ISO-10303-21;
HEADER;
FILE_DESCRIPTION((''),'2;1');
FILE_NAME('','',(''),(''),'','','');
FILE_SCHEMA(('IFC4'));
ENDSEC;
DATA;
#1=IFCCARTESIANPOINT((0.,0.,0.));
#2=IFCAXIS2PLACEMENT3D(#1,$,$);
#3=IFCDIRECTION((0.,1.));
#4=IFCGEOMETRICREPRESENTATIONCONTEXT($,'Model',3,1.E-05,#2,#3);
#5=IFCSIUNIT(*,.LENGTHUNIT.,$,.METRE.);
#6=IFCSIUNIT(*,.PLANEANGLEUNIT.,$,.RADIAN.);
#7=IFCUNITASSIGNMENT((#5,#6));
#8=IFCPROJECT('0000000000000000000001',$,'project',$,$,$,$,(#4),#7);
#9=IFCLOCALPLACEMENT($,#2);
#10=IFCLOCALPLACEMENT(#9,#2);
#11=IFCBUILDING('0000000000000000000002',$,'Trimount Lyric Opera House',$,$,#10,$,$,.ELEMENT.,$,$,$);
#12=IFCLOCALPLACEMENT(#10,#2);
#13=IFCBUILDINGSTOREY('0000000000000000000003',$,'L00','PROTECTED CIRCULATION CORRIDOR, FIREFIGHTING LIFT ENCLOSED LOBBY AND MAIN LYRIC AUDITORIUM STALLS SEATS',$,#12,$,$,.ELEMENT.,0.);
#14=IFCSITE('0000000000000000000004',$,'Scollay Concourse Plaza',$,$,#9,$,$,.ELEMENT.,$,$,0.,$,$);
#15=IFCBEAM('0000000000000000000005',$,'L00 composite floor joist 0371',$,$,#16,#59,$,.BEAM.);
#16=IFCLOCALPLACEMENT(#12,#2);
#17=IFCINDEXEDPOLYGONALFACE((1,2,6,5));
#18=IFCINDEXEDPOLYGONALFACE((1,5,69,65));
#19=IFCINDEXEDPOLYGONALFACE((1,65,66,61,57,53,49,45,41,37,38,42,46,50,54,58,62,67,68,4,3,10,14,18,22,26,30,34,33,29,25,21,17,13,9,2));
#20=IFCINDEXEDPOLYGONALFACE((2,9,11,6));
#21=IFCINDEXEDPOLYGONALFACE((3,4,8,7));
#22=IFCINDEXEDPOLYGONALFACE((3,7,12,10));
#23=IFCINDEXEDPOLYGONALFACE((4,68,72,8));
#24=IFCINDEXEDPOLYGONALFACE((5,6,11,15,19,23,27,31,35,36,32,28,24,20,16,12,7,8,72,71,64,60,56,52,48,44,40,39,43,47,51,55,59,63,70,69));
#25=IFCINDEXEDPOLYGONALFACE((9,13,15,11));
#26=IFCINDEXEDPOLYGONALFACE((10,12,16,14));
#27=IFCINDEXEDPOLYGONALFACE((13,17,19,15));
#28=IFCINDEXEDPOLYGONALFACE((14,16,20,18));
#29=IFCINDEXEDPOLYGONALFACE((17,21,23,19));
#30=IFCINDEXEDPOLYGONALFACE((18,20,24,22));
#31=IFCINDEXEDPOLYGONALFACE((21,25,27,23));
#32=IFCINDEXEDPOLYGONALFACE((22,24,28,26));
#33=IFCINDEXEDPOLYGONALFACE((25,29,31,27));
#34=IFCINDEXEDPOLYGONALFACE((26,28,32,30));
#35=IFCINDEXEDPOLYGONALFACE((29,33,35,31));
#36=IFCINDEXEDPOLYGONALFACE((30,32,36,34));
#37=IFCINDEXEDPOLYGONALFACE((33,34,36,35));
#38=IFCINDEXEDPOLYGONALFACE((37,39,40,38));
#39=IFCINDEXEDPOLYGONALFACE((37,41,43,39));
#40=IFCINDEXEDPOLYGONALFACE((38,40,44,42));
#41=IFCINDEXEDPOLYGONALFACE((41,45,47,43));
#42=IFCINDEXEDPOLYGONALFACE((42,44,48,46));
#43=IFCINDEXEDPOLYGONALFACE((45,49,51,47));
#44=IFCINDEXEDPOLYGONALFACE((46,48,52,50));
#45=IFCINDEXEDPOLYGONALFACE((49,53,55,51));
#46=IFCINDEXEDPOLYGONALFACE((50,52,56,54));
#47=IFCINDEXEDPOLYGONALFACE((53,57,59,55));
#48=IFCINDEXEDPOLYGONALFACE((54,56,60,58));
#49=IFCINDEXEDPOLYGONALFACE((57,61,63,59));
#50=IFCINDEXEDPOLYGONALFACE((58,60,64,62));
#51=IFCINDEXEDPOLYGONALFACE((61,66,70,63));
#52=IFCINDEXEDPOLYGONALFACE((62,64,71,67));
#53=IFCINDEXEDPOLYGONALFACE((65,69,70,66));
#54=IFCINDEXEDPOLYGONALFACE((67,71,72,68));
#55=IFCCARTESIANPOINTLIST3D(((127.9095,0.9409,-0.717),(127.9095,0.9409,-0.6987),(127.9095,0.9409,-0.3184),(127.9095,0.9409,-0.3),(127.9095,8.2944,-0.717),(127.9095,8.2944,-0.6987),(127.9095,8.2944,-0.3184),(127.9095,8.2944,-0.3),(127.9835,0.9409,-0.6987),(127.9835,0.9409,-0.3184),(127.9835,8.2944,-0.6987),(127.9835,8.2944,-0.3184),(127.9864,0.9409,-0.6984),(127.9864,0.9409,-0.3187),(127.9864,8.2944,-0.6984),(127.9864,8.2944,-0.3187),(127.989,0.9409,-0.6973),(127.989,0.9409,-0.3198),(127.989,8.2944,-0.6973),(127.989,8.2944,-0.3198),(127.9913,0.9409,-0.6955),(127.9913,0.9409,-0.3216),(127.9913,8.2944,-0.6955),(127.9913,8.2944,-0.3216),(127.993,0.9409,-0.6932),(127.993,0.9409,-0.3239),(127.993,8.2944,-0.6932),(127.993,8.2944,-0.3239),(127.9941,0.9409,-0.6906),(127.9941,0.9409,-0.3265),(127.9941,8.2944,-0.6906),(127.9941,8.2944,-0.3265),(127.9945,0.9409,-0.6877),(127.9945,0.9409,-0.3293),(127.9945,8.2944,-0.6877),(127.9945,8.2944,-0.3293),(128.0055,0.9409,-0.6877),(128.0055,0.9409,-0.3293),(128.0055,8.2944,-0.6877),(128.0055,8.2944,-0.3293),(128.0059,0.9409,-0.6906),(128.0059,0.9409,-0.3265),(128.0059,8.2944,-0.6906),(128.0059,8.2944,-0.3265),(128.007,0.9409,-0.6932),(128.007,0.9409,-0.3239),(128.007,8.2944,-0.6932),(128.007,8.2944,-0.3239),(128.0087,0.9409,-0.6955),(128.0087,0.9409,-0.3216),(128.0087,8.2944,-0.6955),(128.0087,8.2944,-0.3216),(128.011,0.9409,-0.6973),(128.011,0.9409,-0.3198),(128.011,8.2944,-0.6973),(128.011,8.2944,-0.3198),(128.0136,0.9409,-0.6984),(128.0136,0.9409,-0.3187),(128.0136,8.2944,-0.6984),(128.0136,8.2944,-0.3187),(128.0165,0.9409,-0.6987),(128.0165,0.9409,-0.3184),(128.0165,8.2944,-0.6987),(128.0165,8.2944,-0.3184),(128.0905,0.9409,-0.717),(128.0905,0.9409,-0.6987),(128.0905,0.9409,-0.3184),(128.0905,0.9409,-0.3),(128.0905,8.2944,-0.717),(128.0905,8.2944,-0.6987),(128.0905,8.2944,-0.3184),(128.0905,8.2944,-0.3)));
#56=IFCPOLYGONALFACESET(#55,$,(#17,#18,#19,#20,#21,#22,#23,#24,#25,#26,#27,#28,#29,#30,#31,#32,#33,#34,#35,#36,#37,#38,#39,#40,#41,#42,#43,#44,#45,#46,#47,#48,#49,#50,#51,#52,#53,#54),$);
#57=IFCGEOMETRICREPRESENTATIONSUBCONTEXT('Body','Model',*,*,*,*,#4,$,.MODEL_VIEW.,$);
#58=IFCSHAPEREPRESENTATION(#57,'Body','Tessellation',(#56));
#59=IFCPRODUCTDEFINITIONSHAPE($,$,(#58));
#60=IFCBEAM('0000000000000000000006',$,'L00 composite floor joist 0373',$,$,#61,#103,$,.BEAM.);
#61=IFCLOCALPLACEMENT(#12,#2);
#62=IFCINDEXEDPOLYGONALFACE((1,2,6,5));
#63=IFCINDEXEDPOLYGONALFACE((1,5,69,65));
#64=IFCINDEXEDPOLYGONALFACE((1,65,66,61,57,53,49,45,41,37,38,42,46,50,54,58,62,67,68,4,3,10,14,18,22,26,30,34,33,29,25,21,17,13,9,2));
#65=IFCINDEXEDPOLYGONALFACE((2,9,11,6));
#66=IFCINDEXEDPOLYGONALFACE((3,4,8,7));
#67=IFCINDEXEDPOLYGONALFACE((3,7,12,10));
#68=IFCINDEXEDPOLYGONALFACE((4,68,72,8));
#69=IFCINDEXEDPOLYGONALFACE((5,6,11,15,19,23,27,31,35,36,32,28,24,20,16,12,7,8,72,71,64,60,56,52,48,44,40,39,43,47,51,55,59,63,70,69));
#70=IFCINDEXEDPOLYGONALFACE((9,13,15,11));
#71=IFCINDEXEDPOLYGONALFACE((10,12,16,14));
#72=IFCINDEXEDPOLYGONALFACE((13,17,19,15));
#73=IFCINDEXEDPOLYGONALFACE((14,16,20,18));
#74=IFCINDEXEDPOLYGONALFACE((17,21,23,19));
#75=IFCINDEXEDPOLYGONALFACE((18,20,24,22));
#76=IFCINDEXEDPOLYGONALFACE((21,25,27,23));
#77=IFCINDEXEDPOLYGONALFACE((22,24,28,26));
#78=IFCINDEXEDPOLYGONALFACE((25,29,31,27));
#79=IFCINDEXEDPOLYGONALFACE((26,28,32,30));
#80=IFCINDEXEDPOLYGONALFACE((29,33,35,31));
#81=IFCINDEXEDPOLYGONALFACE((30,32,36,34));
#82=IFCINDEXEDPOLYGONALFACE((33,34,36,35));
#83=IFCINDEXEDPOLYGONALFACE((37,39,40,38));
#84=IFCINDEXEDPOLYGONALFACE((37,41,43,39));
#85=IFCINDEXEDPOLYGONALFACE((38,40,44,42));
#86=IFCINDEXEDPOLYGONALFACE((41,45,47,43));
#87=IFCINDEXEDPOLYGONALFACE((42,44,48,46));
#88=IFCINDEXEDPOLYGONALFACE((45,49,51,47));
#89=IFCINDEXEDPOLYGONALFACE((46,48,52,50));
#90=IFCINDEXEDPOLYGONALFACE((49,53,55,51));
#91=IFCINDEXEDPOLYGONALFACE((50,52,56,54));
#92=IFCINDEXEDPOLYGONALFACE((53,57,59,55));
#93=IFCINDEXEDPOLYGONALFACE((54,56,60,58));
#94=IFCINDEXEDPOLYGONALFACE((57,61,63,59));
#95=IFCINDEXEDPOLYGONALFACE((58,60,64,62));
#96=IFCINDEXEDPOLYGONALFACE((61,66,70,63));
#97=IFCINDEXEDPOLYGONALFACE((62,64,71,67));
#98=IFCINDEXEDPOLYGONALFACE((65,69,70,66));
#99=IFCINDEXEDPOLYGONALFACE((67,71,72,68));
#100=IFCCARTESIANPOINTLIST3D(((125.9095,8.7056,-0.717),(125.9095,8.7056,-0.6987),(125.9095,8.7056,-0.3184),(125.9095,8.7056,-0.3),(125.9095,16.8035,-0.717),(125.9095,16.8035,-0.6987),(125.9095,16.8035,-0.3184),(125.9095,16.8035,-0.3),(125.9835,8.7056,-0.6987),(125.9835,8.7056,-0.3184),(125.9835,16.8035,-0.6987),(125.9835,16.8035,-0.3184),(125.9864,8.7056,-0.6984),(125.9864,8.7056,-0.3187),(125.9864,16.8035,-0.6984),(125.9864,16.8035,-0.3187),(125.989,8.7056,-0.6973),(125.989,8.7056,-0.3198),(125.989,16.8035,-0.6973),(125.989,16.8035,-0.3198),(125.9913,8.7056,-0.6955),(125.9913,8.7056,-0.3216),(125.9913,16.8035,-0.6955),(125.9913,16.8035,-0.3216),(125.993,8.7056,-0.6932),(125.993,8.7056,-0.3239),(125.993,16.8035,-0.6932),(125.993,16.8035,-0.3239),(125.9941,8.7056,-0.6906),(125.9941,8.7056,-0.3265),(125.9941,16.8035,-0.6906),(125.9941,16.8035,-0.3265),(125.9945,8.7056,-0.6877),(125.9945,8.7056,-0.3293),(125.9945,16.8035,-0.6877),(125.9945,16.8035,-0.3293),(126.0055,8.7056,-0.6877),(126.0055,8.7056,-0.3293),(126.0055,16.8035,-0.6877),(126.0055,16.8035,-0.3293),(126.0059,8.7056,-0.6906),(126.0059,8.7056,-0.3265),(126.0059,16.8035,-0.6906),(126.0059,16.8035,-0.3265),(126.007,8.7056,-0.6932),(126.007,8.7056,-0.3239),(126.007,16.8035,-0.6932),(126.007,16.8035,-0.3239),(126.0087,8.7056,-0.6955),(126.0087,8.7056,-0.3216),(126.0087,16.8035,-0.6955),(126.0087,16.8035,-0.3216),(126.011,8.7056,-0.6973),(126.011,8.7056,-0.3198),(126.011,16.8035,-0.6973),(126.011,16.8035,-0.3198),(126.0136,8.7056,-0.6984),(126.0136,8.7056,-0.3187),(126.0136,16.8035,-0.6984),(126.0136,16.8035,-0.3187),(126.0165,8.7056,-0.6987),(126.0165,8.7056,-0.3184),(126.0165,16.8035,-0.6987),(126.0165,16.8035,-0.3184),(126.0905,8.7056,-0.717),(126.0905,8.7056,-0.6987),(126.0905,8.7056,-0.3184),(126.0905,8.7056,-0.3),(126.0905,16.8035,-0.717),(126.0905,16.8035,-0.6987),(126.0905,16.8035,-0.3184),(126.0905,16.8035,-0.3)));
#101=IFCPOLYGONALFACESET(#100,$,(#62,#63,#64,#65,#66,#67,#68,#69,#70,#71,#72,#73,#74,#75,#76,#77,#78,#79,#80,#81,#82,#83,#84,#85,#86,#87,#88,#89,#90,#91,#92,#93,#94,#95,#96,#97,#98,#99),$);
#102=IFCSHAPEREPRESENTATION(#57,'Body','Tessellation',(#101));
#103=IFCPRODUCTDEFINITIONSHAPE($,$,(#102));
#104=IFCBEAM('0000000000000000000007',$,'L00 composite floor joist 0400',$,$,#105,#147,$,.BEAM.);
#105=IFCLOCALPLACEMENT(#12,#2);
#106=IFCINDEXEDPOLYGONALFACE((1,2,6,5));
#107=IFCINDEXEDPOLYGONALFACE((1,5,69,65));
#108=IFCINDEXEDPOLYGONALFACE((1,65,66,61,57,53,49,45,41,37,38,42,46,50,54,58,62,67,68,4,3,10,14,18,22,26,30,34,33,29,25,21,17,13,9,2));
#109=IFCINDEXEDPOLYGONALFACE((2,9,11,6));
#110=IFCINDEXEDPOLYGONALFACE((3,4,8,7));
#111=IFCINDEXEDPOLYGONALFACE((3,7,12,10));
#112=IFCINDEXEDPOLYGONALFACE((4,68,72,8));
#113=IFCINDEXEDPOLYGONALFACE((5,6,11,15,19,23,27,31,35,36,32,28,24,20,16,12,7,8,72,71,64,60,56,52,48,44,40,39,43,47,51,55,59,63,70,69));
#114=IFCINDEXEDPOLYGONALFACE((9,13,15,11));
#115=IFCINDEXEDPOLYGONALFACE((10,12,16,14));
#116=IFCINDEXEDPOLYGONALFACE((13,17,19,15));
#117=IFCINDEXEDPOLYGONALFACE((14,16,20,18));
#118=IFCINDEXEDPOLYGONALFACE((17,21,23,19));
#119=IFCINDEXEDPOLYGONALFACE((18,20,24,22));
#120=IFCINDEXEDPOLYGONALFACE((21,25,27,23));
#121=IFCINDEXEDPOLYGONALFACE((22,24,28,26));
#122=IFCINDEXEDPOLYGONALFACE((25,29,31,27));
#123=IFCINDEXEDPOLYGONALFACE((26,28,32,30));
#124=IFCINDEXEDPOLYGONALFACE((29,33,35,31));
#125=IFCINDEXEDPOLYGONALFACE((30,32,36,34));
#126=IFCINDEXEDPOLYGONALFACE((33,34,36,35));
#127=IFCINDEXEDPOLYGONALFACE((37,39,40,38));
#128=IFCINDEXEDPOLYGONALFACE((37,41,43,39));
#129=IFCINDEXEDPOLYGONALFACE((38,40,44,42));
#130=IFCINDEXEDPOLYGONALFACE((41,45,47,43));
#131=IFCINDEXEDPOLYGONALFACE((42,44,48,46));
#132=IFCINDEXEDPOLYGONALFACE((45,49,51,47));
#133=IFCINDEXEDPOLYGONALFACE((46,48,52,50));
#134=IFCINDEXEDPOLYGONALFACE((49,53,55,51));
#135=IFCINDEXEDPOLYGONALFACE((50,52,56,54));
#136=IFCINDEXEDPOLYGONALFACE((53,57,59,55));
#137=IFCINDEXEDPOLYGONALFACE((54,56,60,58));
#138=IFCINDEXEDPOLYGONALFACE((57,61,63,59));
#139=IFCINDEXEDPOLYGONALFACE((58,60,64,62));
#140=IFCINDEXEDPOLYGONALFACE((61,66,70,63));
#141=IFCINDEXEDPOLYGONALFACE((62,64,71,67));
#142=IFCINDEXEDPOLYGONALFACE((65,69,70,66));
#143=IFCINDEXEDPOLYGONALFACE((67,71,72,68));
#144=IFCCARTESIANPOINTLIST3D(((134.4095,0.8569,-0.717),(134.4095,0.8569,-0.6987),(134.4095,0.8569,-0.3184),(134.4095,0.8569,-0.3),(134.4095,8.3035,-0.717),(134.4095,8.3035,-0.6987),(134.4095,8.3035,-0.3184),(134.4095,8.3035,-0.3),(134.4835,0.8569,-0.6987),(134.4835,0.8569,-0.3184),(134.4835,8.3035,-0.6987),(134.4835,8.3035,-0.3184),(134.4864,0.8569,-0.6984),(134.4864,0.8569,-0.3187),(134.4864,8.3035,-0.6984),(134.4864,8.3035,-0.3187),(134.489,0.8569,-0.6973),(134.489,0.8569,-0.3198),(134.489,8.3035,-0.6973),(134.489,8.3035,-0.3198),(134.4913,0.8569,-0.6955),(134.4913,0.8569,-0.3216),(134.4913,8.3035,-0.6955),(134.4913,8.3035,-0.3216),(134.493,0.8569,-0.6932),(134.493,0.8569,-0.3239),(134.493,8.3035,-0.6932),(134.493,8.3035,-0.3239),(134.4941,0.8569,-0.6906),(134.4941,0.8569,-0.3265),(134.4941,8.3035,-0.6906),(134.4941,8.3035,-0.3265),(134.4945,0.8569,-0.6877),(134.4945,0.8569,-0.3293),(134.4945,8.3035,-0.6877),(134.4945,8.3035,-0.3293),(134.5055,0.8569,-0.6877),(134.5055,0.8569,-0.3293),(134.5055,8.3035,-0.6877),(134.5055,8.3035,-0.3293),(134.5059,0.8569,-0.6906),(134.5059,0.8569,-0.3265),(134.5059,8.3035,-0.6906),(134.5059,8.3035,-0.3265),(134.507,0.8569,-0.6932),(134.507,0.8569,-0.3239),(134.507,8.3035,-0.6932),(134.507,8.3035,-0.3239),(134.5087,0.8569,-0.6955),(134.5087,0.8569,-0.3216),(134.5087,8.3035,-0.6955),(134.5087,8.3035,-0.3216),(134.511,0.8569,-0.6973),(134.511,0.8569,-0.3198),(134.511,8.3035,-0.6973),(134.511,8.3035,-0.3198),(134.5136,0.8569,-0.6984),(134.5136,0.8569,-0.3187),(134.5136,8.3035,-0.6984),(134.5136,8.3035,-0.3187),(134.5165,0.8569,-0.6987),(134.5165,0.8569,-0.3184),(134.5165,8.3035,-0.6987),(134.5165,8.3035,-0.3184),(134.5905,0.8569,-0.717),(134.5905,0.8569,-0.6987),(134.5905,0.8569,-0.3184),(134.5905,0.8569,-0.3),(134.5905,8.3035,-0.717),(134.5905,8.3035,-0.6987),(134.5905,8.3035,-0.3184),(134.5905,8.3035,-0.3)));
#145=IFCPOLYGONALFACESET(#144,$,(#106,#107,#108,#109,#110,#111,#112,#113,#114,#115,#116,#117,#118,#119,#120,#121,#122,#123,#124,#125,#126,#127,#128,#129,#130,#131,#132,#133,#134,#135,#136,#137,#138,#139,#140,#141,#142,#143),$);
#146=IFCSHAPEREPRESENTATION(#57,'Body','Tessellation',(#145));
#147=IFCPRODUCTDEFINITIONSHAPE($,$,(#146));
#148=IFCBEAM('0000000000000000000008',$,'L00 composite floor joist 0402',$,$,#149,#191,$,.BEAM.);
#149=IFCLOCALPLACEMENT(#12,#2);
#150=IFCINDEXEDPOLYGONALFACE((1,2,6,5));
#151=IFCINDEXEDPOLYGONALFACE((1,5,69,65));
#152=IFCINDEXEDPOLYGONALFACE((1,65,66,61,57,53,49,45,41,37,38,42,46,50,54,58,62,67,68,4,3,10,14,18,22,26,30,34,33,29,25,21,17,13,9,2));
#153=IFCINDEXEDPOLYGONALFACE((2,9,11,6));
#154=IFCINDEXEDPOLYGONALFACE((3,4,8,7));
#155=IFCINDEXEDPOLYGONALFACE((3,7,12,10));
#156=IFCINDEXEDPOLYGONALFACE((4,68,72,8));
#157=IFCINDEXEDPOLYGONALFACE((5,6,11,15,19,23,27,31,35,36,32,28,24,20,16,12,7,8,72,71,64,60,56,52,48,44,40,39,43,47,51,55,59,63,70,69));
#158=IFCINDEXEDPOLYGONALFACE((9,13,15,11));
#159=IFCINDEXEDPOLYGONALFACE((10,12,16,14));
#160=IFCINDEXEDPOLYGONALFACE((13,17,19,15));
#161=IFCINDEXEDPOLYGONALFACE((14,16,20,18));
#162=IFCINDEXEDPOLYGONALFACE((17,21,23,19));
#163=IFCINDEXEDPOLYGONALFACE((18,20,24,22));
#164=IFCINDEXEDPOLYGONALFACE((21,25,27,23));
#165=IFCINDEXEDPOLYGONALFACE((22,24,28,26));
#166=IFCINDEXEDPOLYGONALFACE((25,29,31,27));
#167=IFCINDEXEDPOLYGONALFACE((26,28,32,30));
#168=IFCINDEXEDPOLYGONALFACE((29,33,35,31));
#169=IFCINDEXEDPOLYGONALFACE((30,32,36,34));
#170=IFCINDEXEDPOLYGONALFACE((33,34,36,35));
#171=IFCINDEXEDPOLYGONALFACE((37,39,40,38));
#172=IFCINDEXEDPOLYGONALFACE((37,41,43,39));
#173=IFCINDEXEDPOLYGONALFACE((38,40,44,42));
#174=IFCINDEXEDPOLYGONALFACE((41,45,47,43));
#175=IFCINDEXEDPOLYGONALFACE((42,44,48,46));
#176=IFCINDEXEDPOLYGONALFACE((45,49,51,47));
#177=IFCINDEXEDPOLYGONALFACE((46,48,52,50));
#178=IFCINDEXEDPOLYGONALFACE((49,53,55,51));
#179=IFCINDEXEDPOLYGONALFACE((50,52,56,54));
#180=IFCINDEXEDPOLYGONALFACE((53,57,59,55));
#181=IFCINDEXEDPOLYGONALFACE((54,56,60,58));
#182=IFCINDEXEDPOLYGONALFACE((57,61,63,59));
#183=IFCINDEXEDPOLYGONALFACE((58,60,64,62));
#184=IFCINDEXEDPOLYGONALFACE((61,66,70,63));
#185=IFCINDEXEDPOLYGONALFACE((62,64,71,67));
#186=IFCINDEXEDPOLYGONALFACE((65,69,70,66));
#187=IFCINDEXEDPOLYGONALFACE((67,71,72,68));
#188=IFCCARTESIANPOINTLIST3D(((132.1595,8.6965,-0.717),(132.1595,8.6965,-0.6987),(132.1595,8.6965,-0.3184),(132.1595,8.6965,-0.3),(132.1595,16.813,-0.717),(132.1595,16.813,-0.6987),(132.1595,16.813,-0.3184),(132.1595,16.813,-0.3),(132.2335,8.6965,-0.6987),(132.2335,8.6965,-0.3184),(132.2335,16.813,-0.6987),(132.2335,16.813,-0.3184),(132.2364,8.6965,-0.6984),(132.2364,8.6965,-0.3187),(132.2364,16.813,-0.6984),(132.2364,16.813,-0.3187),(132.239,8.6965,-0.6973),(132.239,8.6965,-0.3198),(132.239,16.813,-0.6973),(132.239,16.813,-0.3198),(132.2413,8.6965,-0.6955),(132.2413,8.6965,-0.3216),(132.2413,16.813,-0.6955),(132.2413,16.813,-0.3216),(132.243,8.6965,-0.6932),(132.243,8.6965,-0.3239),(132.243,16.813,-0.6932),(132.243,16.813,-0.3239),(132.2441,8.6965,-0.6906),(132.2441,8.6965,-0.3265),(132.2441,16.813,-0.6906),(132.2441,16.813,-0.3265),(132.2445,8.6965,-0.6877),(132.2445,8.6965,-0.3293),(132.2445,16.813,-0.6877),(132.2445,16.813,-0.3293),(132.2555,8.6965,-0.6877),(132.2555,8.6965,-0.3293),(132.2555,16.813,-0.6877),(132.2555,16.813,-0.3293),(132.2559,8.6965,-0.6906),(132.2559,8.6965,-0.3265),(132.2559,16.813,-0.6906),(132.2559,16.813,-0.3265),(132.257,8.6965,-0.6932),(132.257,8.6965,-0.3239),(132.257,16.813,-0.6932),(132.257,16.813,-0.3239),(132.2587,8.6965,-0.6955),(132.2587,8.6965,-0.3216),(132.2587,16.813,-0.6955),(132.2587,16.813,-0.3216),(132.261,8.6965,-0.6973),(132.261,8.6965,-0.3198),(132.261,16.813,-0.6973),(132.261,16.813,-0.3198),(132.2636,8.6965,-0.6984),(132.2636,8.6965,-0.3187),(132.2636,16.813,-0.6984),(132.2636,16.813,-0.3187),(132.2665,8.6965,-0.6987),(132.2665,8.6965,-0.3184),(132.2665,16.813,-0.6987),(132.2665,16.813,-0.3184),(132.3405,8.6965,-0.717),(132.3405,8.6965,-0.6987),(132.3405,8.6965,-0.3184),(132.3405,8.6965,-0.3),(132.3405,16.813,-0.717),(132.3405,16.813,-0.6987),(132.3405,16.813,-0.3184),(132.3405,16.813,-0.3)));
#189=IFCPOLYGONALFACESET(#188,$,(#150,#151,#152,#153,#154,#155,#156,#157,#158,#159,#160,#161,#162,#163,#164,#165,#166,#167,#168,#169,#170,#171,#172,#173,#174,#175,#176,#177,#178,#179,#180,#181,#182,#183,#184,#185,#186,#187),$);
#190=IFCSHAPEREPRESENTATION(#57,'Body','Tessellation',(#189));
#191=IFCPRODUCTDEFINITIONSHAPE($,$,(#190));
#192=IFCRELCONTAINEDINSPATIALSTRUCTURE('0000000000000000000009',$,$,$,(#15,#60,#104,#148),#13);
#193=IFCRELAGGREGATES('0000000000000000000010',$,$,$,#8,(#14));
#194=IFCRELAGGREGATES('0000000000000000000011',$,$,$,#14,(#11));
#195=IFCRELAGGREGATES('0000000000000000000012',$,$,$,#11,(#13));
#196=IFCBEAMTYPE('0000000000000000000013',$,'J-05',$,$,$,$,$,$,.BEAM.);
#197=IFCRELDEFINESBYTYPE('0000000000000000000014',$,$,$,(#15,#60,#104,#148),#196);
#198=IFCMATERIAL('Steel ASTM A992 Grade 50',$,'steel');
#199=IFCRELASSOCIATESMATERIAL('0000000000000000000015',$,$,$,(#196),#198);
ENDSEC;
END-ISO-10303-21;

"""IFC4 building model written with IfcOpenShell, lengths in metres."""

from ifc_helpers import new_model, si_unit, direction, frame, origin, origin_2d, place, context, subcontext, project, spatial, i_section, extrude, material, material_profile, profile_set, type_object, element, save


model = new_model("IFC4")

# Units and contexts
model_context = context("Model", 3, precision=1e-05, world=origin(), true_north=direction((0.0, 1.0)))
body_context = subcontext(model_context, "Body", "Model", "MODEL_VIEW")
ifc_project = project(units=[si_unit("LENGTHUNIT", "METRE"), si_unit("PLANEANGLEUNIT", "RADIAN")], contexts=[model_context])

# Site, building, storey
site_placement = place(None, origin())
site = spatial("IfcSite", under=ifc_project, at=site_placement, Name="Scollay Concourse Plaza", CompositionType="ELEMENT", RefElevation=0.0)
building_placement = place(site_placement, origin())
building = spatial("IfcBuilding", under=site, at=building_placement, Name="Trimount Lyric Opera House", CompositionType="ELEMENT")
storey_placement = place(building_placement, origin())
storey = spatial("IfcBuildingStorey", under=building, at=storey_placement, Name="L00", Description="PROTECTED CIRCULATION CORRIDOR, FIREFIGHTING LIFT ENCLOSED LOBBY AND MAIN LYRIC AUDITORIUM STALLS SEATS", CompositionType="ELEMENT", Elevation=0.0)

# Beams
ifc_material_1 = material(Name="Steel ASTM A992 Grade 50", Category="steel")
ifc_material_profile_1 = material_profile(ifc_material_1, i_section(OverallWidth=0.1809, OverallDepth=0.417, WebThickness=0.011, FlangeThickness=0.0183, FilletRadius=0.011, at=origin_2d()), Name="W16X57")
ifc_profile_set_1 = profile_set([ifc_material_profile_1], Name="Steel ASTM A992 Grade 50")
beam_type_1 = type_object("IfcBeamType", Name="J-05", PredefinedType="BEAM", material=ifc_profile_set_1)
beam_1_placement = place(storey_placement, frame((128.0, 0.9409, -0.5085), z_axis=(0.0, 1.0, 0.0), x_axis=(-1.0, 0.0, 0.0)))
element("IfcBeam", 1, at=beam_1_placement, inside=storey, type_object=beam_type_1, Name="L00 composite floor joist 0371", PredefinedType="BEAM", context=body_context, shape_type="SweptSolid", body=[
    extrude(i_section(OverallWidth=0.1809, OverallDepth=0.417, WebThickness=0.011, FlangeThickness=0.0183, FilletRadius=0.011, at=origin_2d()), origin(), (0.0, 0.0, 1.0), 7.3535),
])
beam_2_placement = place(storey_placement, frame((126.0, 8.7056, -0.5085), z_axis=(0.0, 1.0, 0.0), x_axis=(-1.0, 0.0, 0.0)))
element("IfcBeam", 2, at=beam_2_placement, inside=storey, type_object=beam_type_1, Name="L00 composite floor joist 0373", PredefinedType="BEAM", context=body_context, shape_type="SweptSolid", body=[
    extrude(i_section(OverallWidth=0.1809, OverallDepth=0.417, WebThickness=0.011, FlangeThickness=0.0183, FilletRadius=0.011, at=origin_2d()), origin(), (0.0, 0.0, 1.0), 8.0979),
])
beam_3_placement = place(storey_placement, frame((134.5, 0.8569, -0.5085), z_axis=(0.0, 1.0, 0.0), x_axis=(-1.0, 0.0, 0.0)))
element("IfcBeam", 3, at=beam_3_placement, inside=storey, type_object=beam_type_1, Name="L00 composite floor joist 0400", PredefinedType="BEAM", context=body_context, shape_type="SweptSolid", body=[
    extrude(i_section(OverallWidth=0.1809, OverallDepth=0.417, WebThickness=0.011, FlangeThickness=0.0183, FilletRadius=0.011, at=origin_2d()), origin(), (0.0, 0.0, 1.0), 7.4465),
])
beam_4_placement = place(storey_placement, frame((132.25, 8.6965, -0.5085), z_axis=(0.0, 1.0, 0.0), x_axis=(-1.0, 0.0, 0.0)))
element("IfcBeam", 4, at=beam_4_placement, inside=storey, type_object=beam_type_1, Name="L00 composite floor joist 0402", PredefinedType="BEAM", context=body_context, shape_type="SweptSolid", body=[
    extrude(i_section(OverallWidth=0.1809, OverallDepth=0.417, WebThickness=0.011, FlangeThickness=0.0183, FilletRadius=0.011, at=origin_2d()), origin(), (0.0, 0.0, 1.0), 8.1165),
])

save(model, "model.ifc")
